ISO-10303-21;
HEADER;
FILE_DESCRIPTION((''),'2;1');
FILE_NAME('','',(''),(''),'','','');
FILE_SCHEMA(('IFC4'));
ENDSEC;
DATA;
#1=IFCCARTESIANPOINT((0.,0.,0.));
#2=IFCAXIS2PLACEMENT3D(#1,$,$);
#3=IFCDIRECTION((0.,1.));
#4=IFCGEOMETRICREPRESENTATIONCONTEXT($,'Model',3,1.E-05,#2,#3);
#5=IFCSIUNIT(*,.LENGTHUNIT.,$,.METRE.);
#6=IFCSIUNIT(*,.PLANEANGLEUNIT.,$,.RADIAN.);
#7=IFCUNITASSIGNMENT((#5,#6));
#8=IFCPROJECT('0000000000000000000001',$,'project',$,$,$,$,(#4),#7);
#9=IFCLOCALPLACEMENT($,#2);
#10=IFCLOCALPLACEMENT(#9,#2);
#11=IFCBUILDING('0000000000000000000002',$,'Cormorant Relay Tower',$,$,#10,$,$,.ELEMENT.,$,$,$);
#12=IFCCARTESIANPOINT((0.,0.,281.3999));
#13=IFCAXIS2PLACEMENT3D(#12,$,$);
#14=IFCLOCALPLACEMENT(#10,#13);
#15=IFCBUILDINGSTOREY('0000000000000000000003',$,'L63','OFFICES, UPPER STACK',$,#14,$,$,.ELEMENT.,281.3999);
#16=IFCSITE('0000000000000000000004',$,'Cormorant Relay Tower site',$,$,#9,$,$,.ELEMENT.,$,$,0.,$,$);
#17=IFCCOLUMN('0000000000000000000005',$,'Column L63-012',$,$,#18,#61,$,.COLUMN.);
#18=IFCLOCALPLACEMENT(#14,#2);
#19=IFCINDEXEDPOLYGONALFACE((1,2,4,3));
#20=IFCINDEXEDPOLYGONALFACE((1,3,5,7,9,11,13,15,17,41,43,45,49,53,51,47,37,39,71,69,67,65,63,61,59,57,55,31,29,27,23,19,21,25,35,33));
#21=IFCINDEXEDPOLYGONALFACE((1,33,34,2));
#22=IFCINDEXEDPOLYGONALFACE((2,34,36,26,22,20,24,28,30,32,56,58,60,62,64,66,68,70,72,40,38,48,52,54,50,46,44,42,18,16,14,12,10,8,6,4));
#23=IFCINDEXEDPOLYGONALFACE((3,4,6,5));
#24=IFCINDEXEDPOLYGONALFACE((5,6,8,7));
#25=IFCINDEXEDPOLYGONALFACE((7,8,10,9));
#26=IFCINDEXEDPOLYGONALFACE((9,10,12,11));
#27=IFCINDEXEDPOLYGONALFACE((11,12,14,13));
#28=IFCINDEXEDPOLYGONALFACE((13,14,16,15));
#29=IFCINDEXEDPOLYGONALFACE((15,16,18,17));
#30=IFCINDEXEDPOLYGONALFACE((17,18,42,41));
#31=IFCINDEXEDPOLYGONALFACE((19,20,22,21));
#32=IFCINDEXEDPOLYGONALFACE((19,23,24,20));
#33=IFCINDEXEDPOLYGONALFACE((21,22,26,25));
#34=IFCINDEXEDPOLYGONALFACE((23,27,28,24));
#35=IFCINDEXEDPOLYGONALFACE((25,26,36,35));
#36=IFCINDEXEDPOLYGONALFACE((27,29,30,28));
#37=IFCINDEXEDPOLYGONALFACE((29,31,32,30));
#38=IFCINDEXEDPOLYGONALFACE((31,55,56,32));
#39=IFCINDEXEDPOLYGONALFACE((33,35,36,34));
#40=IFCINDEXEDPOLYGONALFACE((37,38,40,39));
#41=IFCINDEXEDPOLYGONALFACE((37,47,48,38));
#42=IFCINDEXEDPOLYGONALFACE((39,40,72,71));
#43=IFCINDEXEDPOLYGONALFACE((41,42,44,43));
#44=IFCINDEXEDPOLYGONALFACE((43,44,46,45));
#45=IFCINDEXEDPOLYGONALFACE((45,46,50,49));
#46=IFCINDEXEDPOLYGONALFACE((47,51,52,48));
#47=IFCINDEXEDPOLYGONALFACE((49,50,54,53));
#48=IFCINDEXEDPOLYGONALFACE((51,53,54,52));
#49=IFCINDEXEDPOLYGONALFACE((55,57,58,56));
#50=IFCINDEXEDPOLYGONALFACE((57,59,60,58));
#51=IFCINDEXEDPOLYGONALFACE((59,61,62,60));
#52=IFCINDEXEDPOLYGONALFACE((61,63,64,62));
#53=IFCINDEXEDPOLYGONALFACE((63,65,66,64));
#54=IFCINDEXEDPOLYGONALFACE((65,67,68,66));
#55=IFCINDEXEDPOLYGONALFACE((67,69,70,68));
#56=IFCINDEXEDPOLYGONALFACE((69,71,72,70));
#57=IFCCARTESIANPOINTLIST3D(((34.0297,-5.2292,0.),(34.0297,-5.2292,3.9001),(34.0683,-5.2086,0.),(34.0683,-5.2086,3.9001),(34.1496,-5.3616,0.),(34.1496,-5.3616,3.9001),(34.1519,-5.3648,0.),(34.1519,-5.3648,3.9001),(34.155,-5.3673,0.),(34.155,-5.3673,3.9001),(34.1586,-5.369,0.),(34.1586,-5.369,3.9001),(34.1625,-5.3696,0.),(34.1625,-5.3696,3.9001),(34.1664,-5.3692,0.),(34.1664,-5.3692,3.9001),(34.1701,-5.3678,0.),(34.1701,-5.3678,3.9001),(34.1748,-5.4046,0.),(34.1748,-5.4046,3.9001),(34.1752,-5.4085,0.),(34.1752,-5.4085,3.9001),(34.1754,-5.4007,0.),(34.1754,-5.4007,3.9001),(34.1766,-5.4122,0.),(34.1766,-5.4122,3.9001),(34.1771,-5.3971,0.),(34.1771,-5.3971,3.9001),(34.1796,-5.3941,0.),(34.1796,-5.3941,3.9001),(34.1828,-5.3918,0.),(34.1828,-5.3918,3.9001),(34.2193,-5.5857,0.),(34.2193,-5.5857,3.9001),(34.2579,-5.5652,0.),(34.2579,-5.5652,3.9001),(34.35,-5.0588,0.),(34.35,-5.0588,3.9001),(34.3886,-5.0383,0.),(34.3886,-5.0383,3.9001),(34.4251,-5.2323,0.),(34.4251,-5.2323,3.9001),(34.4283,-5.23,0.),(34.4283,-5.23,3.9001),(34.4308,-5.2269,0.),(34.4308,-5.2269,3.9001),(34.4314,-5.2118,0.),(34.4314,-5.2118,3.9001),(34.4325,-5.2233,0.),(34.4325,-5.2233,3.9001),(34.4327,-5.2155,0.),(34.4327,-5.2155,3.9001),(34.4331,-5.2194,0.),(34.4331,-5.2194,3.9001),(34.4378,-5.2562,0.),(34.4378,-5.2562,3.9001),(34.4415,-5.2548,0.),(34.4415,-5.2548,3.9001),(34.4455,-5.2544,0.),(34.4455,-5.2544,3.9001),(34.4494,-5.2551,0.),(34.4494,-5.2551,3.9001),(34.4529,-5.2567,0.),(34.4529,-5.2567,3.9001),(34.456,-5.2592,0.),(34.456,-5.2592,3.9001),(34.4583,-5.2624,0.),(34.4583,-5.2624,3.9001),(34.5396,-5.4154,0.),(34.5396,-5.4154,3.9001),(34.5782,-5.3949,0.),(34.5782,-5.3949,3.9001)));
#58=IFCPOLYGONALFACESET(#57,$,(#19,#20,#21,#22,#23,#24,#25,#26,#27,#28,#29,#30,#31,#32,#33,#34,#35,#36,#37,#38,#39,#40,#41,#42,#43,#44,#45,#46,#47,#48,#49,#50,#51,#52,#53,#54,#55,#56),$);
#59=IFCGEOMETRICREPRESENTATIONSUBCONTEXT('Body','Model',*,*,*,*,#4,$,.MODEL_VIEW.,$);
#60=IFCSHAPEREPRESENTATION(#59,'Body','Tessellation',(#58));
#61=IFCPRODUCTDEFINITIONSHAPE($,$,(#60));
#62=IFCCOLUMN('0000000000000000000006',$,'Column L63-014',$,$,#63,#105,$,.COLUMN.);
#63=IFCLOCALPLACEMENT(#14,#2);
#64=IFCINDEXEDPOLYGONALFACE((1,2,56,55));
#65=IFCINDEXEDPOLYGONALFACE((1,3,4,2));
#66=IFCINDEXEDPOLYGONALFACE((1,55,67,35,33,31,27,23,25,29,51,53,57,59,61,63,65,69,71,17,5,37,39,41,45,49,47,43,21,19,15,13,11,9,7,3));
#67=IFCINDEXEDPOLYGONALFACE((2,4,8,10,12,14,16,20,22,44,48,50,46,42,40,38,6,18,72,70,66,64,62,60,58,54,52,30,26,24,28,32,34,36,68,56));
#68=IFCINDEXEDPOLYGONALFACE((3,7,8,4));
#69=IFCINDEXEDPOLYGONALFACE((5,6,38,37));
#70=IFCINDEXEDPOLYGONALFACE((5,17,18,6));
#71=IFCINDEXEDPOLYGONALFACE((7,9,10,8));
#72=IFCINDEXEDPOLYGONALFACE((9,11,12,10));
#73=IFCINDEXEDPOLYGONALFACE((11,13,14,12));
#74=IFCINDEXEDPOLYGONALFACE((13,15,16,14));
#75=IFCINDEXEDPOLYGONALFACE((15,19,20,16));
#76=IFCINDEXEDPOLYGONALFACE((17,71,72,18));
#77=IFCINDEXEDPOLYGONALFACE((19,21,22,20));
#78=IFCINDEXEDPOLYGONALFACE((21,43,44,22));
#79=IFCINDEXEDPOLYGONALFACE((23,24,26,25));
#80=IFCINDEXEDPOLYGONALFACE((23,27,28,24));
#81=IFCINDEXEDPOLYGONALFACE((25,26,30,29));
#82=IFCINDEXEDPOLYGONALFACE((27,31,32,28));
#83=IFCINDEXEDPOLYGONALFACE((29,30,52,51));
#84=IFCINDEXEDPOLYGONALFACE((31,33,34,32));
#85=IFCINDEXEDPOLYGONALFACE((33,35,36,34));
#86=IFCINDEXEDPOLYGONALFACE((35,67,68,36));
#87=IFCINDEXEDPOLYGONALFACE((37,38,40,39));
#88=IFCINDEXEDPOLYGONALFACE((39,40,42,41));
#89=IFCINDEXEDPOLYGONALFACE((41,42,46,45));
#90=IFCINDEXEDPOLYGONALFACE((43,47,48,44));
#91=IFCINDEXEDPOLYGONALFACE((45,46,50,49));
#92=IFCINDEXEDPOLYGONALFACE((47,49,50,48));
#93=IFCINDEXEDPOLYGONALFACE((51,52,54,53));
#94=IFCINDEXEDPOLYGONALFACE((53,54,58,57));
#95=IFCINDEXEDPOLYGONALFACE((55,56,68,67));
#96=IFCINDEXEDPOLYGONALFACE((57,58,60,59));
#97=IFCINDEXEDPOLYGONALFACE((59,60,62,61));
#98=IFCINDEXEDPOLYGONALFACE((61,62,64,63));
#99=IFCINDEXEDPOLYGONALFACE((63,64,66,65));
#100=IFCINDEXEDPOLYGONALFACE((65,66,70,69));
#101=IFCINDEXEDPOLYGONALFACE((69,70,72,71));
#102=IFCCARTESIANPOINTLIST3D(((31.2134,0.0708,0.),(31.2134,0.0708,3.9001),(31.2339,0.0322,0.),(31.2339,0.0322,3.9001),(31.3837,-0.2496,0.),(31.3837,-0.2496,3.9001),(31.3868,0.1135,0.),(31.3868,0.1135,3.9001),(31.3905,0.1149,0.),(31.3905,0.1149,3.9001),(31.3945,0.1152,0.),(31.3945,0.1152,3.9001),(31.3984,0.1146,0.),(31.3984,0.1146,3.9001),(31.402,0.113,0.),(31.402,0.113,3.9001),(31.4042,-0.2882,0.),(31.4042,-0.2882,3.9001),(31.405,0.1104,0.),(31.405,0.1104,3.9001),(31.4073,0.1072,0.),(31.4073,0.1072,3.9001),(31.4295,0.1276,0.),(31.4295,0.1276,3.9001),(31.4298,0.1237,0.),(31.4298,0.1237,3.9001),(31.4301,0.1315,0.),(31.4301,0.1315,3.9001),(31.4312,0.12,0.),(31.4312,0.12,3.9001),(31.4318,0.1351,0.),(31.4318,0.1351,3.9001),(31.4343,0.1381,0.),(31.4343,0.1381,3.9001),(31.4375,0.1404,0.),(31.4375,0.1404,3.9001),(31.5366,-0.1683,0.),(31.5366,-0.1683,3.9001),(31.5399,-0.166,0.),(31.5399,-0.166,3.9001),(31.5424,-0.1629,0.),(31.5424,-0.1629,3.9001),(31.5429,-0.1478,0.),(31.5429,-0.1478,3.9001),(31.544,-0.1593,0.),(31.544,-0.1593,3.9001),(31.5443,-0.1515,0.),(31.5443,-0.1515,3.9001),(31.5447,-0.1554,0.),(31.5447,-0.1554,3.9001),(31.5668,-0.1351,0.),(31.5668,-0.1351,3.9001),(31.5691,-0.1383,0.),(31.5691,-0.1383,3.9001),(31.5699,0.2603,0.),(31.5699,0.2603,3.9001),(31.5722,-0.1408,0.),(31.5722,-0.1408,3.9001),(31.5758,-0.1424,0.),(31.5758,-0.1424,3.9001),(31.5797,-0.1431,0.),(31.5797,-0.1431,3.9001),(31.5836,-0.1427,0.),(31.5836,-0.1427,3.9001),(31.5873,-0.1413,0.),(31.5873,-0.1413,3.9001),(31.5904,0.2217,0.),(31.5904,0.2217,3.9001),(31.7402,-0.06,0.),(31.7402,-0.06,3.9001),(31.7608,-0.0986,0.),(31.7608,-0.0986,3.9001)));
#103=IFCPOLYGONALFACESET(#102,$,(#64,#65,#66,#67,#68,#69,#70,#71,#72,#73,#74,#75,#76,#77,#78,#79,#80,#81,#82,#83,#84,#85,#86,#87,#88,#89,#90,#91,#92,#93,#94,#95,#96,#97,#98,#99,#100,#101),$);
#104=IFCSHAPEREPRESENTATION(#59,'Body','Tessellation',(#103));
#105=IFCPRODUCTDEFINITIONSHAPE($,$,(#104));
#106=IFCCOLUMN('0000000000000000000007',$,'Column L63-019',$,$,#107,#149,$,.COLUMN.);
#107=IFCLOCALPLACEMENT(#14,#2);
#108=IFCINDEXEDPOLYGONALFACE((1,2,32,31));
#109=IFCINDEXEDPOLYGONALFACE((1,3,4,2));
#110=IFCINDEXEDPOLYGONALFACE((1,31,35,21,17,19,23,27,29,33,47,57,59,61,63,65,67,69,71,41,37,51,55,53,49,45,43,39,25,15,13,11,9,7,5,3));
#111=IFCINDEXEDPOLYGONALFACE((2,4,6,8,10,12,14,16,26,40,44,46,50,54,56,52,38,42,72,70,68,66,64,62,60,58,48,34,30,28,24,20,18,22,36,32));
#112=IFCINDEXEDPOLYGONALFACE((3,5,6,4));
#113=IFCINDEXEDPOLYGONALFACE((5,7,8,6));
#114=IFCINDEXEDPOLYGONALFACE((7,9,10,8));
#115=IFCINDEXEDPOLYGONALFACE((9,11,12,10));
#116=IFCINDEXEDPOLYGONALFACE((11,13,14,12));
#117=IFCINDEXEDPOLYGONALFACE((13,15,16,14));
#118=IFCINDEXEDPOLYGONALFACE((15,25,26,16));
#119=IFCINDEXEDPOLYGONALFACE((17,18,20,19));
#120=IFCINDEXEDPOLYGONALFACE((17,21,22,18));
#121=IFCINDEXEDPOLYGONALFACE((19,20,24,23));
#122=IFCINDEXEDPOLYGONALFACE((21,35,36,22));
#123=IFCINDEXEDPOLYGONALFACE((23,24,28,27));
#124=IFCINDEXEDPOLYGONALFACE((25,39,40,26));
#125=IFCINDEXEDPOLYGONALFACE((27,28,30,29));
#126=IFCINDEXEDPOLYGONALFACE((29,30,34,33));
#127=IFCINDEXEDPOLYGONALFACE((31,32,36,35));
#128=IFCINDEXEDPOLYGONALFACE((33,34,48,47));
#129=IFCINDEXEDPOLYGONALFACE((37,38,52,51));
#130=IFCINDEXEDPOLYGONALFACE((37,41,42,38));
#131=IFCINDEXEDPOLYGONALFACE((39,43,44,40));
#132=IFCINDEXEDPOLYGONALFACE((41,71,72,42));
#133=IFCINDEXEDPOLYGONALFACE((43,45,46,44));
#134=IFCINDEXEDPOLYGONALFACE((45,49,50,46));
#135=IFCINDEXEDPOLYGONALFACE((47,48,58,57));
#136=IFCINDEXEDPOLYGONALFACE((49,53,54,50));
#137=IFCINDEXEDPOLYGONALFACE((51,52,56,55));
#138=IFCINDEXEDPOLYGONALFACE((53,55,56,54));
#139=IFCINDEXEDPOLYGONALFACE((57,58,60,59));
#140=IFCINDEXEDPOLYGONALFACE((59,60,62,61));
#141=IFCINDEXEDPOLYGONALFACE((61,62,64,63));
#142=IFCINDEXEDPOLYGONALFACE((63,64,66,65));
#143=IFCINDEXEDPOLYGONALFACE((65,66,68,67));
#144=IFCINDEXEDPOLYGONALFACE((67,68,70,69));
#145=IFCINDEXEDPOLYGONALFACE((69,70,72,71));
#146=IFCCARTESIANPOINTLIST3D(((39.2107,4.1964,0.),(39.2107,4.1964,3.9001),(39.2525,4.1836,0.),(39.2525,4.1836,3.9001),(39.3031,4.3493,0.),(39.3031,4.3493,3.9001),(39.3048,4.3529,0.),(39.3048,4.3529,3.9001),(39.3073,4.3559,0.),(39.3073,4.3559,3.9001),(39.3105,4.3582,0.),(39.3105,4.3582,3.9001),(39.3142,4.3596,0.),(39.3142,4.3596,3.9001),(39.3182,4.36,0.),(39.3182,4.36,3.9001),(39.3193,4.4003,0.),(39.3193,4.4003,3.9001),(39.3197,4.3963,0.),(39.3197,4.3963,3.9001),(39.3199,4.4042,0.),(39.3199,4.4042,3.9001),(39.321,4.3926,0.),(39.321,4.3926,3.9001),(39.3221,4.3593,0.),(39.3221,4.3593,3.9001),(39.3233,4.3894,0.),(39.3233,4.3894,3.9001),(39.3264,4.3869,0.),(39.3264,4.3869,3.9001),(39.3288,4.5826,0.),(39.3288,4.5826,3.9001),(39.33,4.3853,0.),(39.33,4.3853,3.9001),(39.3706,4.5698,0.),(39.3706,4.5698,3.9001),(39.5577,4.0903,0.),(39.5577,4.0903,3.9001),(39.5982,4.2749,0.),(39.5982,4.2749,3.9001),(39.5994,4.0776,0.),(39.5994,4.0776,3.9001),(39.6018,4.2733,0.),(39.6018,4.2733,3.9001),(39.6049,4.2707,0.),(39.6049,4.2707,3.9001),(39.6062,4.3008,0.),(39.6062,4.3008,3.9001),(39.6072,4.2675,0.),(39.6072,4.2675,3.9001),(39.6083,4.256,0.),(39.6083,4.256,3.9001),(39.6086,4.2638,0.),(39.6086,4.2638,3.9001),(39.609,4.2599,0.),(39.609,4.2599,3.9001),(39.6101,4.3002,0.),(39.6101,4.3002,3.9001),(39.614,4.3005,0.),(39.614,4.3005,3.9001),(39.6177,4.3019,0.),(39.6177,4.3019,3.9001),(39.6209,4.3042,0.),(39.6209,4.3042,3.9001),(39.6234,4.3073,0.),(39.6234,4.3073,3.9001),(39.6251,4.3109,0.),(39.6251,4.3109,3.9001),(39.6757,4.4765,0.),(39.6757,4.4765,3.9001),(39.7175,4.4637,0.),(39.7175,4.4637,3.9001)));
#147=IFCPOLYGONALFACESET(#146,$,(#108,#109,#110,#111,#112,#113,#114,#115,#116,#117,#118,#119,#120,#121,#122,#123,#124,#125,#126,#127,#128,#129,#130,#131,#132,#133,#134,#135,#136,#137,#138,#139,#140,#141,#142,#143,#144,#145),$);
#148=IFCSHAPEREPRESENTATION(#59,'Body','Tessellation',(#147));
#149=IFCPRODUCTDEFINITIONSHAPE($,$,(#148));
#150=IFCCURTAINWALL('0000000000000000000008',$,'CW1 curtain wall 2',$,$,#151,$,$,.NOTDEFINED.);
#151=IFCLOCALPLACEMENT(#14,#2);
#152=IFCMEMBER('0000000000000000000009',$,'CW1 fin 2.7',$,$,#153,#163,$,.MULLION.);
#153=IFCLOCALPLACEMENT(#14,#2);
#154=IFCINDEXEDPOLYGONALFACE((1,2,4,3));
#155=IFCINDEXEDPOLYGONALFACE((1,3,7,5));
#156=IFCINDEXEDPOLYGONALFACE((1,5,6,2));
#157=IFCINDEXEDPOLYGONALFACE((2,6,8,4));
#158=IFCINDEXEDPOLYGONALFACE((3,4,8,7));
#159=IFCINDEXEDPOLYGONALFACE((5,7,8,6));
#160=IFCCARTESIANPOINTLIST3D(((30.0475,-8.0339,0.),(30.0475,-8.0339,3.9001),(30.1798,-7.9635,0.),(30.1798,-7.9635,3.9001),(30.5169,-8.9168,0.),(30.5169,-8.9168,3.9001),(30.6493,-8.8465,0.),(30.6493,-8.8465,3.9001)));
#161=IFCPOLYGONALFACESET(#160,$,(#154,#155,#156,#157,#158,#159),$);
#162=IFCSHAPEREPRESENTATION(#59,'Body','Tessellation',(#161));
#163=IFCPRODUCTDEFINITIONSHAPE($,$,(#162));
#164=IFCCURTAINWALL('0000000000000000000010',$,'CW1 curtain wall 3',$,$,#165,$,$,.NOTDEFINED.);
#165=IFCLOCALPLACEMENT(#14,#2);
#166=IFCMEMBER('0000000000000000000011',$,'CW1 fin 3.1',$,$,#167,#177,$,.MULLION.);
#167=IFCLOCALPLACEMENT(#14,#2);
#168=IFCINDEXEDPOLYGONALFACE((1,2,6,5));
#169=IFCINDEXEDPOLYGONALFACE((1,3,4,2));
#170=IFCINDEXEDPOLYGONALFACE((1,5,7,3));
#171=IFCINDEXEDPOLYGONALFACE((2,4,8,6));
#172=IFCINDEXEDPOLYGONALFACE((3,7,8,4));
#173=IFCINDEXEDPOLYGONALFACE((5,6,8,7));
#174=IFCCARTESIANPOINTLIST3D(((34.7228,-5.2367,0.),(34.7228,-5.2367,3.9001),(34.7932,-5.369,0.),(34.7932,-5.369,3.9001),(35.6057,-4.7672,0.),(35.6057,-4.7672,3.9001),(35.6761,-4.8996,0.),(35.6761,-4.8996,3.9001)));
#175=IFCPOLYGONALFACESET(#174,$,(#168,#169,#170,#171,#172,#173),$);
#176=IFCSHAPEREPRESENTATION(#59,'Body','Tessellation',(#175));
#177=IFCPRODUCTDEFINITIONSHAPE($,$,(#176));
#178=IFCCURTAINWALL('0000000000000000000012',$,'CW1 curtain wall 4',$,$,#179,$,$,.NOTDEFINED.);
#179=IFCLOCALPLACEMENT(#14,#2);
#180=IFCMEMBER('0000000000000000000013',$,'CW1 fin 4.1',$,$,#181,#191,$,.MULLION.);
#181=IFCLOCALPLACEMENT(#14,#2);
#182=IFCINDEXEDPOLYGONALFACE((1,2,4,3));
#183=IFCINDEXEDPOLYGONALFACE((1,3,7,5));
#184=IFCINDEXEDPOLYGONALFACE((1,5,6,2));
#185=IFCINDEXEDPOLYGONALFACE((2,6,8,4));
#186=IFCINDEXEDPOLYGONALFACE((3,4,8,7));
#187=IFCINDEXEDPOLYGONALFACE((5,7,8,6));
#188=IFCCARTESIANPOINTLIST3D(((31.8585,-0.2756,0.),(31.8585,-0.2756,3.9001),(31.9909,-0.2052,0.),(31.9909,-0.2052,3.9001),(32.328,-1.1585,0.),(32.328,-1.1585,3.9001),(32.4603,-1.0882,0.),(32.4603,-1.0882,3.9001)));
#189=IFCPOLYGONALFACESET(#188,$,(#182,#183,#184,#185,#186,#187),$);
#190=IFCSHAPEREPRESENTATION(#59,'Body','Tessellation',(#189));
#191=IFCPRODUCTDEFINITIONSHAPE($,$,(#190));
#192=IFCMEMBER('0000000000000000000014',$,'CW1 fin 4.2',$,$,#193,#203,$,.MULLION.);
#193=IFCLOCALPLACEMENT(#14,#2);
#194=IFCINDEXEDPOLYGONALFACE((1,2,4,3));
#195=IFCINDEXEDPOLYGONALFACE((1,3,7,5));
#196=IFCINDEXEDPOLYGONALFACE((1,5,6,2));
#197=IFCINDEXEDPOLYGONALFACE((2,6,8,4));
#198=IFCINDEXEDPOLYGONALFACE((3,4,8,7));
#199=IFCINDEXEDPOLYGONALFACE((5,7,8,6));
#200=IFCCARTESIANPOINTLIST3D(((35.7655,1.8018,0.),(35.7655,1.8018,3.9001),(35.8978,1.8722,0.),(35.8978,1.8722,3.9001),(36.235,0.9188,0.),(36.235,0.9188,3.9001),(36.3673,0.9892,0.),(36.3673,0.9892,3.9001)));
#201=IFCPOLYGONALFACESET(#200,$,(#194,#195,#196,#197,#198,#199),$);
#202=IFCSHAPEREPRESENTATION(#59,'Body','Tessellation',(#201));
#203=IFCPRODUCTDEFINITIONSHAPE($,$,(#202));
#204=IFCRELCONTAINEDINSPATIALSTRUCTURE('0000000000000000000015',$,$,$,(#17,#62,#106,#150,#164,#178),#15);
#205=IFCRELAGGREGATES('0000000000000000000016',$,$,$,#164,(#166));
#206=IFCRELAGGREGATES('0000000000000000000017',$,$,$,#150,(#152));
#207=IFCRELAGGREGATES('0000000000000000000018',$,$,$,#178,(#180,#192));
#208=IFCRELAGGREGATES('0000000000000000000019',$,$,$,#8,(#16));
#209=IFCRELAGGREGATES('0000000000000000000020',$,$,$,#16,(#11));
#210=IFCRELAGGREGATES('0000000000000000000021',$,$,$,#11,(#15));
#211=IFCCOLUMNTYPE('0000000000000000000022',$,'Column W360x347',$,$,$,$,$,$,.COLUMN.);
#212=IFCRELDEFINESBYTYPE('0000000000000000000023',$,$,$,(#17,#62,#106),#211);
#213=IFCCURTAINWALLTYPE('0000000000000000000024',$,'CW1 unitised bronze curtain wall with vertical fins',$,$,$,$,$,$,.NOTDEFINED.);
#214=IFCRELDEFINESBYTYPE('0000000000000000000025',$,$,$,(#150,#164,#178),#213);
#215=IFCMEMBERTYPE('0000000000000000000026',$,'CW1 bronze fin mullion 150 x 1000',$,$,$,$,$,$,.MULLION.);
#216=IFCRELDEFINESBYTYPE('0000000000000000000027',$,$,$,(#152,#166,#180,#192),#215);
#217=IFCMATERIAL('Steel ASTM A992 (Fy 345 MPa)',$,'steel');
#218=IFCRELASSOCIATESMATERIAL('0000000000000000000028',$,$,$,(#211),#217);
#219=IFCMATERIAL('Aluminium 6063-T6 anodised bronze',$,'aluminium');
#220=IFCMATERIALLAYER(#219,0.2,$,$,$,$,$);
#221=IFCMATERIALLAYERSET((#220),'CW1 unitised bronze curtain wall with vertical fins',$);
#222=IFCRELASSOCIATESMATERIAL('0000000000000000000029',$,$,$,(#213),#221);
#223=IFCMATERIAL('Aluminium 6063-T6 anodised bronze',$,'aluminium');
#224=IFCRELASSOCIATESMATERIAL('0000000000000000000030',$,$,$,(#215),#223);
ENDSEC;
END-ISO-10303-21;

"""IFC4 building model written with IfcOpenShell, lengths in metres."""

from ifc_helpers import new_model, si_unit, direction, frame, origin, origin_2d, place, context, subcontext, project, spatial, rectangle, i_section, extrude, material, layer, layer_set, material_profile, profile_set, type_object, element, aggregate, save


model = new_model("IFC4")

# Units and contexts
model_context = context("Model", 3, precision=1e-05, world=origin(), true_north=direction((0.0, 1.0)))
body_context = subcontext(model_context, "Body", "Model", "MODEL_VIEW")
ifc_project = project(units=[si_unit("LENGTHUNIT", "METRE"), si_unit("PLANEANGLEUNIT", "RADIAN")], contexts=[model_context])

# Site, building, storey
site_placement = place(None, origin())
site = spatial("IfcSite", under=ifc_project, at=site_placement, Name="Cormorant Relay Tower site", CompositionType="ELEMENT", RefElevation=0.0)
building_placement = place(site_placement, origin())
building = spatial("IfcBuilding", under=site, at=building_placement, Name="Cormorant Relay Tower", CompositionType="ELEMENT")
storey_placement = place(building_placement, frame((0.0, 0.0, 281.3999)))
storey = spatial("IfcBuildingStorey", under=building, at=storey_placement, Name="L63", Description="OFFICES, UPPER STACK", CompositionType="ELEMENT", Elevation=281.3999)

# Columns
ifc_material_1 = material(Name="Steel ASTM A992 (Fy 345 MPa)", Category="steel")
ifc_material_profile_1 = material_profile(ifc_material_1, i_section(OverallWidth=0.4038, OverallDepth=0.4065, WebThickness=0.0271, FlangeThickness=0.0437, FilletRadius=0.0151, at=origin_2d()), Name="W360x347")
ifc_profile_set_1 = profile_set([ifc_material_profile_1], Name="Steel ASTM A992 (Fy 345 MPa)")
column_type = type_object("IfcColumnType", Name="Column W360x347", PredefinedType="COLUMN", material=ifc_profile_set_1)
for number, where, z_axis, x_axis, name in (
    (1, (34.304, -5.312, 0.0), (0.0, 0.0, 1.0), (-0.469472, 0.882948, 0.0), "Column L63-012"),
    (2, (31.4871, -0.0139, 0.0), (0.0, 0.0, 1.0), (0.882948, 0.469472, 0.0), "Column L63-014"),
    (3, (39.4641, 4.3301, 0.0), (0.0, 0.0, 1.0), (0.292372, 0.956305, 0.0), "Column L63-019"),
):
    element("IfcColumn", number, at=place(storey_placement, frame(where, z_axis=z_axis, x_axis=x_axis)), inside=storey, type_object=column_type, Name=name, PredefinedType="COLUMN", context=body_context, shape_type="SweptSolid", body=[
        extrude(i_section(OverallWidth=0.4038, OverallDepth=0.4065, WebThickness=0.0271, FlangeThickness=0.0437, FilletRadius=0.0151, at=origin_2d()), origin(), (0.0, 0.0, 1.0), 3.9001),
    ])

# Curtain walls, members
ifc_material_2 = material(Name="Aluminium 6063-T6 anodised bronze", Category="aluminium")
ifc_layer_1 = layer(ifc_material_2, 0.2)
ifc_layer_set_1 = layer_set([ifc_layer_1], Name="CW1 unitised bronze curtain wall with vertical fins")
curtain_wall_type = type_object("IfcCurtainWallType", Name="CW1 unitised bronze curtain wall with vertical fins", PredefinedType="NOTDEFINED", material=ifc_layer_set_1)
curtain_wall_1_placement = place(storey_placement, origin())
curtain_wall_1 = element("IfcCurtainWall", 4, at=curtain_wall_1_placement, inside=storey, type_object=curtain_wall_type, Name="CW1 curtain wall 2", PredefinedType="NOTDEFINED")
ifc_material_3 = material(Name="Aluminium 6063-T6 anodised bronze", Category="aluminium")
ifc_material_profile_2 = material_profile(ifc_material_3, rectangle(XDim=0.1499, YDim=1.0, at=origin_2d()), Name="AL 150x1000")
ifc_profile_set_2 = profile_set([ifc_material_profile_2], Name="Aluminium 6063-T6 anodised bronze")
member_type_1 = type_object("IfcMemberType", Name="CW1 bronze fin mullion 150 x 1000", PredefinedType="MULLION", material=ifc_profile_set_2)
member_1_placement = place(storey_placement, frame((30.3484, -8.4402, 0.0), z_axis=(0.0, 0.0, 1.0), x_axis=(0.882948, 0.469472, 0.0)))
member_1 = element("IfcMember", 5, at=member_1_placement, type_object=member_type_1, Name="CW1 fin 2.7", PredefinedType="MULLION", context=body_context, shape_type="SweptSolid", body=[
    extrude(rectangle(XDim=0.1499, YDim=1.0, at=origin_2d()), origin(), (0.0, 0.0, 1.0), 3.9001),
])
curtain_wall_2_placement = place(storey_placement, origin())
curtain_wall_2 = element("IfcCurtainWall", 6, at=curtain_wall_2_placement, inside=storey, type_object=curtain_wall_type, Name="CW1 curtain wall 3", PredefinedType="NOTDEFINED")
member_2_placement = place(storey_placement, frame((35.1995, -5.0681, 0.0), z_axis=(0.0, 0.0, 1.0), x_axis=(-0.469472, 0.882948, 0.0)))
member_2 = element("IfcMember", 7, at=member_2_placement, type_object=member_type_1, Name="CW1 fin 3.1", PredefinedType="MULLION", context=body_context, shape_type="SweptSolid", body=[
    extrude(rectangle(XDim=0.1499, YDim=1.0, at=origin_2d()), origin(), (0.0, 0.0, 1.0), 3.9001),
])

# Curtain wall, members
curtain_wall_3_placement = place(storey_placement, origin())
curtain_wall_3 = element("IfcCurtainWall", 8, at=curtain_wall_3_placement, inside=storey, type_object=curtain_wall_type, Name="CW1 curtain wall 4", PredefinedType="NOTDEFINED")
member_3_placement = place(storey_placement, frame((32.1594, -0.6819, 0.0), z_axis=(0.0, 0.0, 1.0), x_axis=(0.882948, 0.469472, 0.0)))
member_3 = element("IfcMember", 9, at=member_3_placement, type_object=member_type_1, Name="CW1 fin 4.1", PredefinedType="MULLION", context=body_context, shape_type="SweptSolid", body=[
    extrude(rectangle(XDim=0.1499, YDim=1.0, at=origin_2d()), origin(), (0.0, 0.0, 1.0), 3.9001),
])
member_4_placement = place(storey_placement, frame((36.0664, 1.3955, 0.0), z_axis=(0.0, 0.0, 1.0), x_axis=(0.882948, 0.469472, 0.0)))
member_4 = element("IfcMember", 10, at=member_4_placement, type_object=member_type_1, Name="CW1 fin 4.2", PredefinedType="MULLION", context=body_context, shape_type="SweptSolid", body=[
    extrude(rectangle(XDim=0.1499, YDim=1.0, at=origin_2d()), origin(), (0.0, 0.0, 1.0), 3.9001),
])

aggregate(curtain_wall_2, [member_2])

aggregate(curtain_wall_1, [member_1])
aggregate(curtain_wall_3, [member_3, member_4])

save(model, "model.ifc")
